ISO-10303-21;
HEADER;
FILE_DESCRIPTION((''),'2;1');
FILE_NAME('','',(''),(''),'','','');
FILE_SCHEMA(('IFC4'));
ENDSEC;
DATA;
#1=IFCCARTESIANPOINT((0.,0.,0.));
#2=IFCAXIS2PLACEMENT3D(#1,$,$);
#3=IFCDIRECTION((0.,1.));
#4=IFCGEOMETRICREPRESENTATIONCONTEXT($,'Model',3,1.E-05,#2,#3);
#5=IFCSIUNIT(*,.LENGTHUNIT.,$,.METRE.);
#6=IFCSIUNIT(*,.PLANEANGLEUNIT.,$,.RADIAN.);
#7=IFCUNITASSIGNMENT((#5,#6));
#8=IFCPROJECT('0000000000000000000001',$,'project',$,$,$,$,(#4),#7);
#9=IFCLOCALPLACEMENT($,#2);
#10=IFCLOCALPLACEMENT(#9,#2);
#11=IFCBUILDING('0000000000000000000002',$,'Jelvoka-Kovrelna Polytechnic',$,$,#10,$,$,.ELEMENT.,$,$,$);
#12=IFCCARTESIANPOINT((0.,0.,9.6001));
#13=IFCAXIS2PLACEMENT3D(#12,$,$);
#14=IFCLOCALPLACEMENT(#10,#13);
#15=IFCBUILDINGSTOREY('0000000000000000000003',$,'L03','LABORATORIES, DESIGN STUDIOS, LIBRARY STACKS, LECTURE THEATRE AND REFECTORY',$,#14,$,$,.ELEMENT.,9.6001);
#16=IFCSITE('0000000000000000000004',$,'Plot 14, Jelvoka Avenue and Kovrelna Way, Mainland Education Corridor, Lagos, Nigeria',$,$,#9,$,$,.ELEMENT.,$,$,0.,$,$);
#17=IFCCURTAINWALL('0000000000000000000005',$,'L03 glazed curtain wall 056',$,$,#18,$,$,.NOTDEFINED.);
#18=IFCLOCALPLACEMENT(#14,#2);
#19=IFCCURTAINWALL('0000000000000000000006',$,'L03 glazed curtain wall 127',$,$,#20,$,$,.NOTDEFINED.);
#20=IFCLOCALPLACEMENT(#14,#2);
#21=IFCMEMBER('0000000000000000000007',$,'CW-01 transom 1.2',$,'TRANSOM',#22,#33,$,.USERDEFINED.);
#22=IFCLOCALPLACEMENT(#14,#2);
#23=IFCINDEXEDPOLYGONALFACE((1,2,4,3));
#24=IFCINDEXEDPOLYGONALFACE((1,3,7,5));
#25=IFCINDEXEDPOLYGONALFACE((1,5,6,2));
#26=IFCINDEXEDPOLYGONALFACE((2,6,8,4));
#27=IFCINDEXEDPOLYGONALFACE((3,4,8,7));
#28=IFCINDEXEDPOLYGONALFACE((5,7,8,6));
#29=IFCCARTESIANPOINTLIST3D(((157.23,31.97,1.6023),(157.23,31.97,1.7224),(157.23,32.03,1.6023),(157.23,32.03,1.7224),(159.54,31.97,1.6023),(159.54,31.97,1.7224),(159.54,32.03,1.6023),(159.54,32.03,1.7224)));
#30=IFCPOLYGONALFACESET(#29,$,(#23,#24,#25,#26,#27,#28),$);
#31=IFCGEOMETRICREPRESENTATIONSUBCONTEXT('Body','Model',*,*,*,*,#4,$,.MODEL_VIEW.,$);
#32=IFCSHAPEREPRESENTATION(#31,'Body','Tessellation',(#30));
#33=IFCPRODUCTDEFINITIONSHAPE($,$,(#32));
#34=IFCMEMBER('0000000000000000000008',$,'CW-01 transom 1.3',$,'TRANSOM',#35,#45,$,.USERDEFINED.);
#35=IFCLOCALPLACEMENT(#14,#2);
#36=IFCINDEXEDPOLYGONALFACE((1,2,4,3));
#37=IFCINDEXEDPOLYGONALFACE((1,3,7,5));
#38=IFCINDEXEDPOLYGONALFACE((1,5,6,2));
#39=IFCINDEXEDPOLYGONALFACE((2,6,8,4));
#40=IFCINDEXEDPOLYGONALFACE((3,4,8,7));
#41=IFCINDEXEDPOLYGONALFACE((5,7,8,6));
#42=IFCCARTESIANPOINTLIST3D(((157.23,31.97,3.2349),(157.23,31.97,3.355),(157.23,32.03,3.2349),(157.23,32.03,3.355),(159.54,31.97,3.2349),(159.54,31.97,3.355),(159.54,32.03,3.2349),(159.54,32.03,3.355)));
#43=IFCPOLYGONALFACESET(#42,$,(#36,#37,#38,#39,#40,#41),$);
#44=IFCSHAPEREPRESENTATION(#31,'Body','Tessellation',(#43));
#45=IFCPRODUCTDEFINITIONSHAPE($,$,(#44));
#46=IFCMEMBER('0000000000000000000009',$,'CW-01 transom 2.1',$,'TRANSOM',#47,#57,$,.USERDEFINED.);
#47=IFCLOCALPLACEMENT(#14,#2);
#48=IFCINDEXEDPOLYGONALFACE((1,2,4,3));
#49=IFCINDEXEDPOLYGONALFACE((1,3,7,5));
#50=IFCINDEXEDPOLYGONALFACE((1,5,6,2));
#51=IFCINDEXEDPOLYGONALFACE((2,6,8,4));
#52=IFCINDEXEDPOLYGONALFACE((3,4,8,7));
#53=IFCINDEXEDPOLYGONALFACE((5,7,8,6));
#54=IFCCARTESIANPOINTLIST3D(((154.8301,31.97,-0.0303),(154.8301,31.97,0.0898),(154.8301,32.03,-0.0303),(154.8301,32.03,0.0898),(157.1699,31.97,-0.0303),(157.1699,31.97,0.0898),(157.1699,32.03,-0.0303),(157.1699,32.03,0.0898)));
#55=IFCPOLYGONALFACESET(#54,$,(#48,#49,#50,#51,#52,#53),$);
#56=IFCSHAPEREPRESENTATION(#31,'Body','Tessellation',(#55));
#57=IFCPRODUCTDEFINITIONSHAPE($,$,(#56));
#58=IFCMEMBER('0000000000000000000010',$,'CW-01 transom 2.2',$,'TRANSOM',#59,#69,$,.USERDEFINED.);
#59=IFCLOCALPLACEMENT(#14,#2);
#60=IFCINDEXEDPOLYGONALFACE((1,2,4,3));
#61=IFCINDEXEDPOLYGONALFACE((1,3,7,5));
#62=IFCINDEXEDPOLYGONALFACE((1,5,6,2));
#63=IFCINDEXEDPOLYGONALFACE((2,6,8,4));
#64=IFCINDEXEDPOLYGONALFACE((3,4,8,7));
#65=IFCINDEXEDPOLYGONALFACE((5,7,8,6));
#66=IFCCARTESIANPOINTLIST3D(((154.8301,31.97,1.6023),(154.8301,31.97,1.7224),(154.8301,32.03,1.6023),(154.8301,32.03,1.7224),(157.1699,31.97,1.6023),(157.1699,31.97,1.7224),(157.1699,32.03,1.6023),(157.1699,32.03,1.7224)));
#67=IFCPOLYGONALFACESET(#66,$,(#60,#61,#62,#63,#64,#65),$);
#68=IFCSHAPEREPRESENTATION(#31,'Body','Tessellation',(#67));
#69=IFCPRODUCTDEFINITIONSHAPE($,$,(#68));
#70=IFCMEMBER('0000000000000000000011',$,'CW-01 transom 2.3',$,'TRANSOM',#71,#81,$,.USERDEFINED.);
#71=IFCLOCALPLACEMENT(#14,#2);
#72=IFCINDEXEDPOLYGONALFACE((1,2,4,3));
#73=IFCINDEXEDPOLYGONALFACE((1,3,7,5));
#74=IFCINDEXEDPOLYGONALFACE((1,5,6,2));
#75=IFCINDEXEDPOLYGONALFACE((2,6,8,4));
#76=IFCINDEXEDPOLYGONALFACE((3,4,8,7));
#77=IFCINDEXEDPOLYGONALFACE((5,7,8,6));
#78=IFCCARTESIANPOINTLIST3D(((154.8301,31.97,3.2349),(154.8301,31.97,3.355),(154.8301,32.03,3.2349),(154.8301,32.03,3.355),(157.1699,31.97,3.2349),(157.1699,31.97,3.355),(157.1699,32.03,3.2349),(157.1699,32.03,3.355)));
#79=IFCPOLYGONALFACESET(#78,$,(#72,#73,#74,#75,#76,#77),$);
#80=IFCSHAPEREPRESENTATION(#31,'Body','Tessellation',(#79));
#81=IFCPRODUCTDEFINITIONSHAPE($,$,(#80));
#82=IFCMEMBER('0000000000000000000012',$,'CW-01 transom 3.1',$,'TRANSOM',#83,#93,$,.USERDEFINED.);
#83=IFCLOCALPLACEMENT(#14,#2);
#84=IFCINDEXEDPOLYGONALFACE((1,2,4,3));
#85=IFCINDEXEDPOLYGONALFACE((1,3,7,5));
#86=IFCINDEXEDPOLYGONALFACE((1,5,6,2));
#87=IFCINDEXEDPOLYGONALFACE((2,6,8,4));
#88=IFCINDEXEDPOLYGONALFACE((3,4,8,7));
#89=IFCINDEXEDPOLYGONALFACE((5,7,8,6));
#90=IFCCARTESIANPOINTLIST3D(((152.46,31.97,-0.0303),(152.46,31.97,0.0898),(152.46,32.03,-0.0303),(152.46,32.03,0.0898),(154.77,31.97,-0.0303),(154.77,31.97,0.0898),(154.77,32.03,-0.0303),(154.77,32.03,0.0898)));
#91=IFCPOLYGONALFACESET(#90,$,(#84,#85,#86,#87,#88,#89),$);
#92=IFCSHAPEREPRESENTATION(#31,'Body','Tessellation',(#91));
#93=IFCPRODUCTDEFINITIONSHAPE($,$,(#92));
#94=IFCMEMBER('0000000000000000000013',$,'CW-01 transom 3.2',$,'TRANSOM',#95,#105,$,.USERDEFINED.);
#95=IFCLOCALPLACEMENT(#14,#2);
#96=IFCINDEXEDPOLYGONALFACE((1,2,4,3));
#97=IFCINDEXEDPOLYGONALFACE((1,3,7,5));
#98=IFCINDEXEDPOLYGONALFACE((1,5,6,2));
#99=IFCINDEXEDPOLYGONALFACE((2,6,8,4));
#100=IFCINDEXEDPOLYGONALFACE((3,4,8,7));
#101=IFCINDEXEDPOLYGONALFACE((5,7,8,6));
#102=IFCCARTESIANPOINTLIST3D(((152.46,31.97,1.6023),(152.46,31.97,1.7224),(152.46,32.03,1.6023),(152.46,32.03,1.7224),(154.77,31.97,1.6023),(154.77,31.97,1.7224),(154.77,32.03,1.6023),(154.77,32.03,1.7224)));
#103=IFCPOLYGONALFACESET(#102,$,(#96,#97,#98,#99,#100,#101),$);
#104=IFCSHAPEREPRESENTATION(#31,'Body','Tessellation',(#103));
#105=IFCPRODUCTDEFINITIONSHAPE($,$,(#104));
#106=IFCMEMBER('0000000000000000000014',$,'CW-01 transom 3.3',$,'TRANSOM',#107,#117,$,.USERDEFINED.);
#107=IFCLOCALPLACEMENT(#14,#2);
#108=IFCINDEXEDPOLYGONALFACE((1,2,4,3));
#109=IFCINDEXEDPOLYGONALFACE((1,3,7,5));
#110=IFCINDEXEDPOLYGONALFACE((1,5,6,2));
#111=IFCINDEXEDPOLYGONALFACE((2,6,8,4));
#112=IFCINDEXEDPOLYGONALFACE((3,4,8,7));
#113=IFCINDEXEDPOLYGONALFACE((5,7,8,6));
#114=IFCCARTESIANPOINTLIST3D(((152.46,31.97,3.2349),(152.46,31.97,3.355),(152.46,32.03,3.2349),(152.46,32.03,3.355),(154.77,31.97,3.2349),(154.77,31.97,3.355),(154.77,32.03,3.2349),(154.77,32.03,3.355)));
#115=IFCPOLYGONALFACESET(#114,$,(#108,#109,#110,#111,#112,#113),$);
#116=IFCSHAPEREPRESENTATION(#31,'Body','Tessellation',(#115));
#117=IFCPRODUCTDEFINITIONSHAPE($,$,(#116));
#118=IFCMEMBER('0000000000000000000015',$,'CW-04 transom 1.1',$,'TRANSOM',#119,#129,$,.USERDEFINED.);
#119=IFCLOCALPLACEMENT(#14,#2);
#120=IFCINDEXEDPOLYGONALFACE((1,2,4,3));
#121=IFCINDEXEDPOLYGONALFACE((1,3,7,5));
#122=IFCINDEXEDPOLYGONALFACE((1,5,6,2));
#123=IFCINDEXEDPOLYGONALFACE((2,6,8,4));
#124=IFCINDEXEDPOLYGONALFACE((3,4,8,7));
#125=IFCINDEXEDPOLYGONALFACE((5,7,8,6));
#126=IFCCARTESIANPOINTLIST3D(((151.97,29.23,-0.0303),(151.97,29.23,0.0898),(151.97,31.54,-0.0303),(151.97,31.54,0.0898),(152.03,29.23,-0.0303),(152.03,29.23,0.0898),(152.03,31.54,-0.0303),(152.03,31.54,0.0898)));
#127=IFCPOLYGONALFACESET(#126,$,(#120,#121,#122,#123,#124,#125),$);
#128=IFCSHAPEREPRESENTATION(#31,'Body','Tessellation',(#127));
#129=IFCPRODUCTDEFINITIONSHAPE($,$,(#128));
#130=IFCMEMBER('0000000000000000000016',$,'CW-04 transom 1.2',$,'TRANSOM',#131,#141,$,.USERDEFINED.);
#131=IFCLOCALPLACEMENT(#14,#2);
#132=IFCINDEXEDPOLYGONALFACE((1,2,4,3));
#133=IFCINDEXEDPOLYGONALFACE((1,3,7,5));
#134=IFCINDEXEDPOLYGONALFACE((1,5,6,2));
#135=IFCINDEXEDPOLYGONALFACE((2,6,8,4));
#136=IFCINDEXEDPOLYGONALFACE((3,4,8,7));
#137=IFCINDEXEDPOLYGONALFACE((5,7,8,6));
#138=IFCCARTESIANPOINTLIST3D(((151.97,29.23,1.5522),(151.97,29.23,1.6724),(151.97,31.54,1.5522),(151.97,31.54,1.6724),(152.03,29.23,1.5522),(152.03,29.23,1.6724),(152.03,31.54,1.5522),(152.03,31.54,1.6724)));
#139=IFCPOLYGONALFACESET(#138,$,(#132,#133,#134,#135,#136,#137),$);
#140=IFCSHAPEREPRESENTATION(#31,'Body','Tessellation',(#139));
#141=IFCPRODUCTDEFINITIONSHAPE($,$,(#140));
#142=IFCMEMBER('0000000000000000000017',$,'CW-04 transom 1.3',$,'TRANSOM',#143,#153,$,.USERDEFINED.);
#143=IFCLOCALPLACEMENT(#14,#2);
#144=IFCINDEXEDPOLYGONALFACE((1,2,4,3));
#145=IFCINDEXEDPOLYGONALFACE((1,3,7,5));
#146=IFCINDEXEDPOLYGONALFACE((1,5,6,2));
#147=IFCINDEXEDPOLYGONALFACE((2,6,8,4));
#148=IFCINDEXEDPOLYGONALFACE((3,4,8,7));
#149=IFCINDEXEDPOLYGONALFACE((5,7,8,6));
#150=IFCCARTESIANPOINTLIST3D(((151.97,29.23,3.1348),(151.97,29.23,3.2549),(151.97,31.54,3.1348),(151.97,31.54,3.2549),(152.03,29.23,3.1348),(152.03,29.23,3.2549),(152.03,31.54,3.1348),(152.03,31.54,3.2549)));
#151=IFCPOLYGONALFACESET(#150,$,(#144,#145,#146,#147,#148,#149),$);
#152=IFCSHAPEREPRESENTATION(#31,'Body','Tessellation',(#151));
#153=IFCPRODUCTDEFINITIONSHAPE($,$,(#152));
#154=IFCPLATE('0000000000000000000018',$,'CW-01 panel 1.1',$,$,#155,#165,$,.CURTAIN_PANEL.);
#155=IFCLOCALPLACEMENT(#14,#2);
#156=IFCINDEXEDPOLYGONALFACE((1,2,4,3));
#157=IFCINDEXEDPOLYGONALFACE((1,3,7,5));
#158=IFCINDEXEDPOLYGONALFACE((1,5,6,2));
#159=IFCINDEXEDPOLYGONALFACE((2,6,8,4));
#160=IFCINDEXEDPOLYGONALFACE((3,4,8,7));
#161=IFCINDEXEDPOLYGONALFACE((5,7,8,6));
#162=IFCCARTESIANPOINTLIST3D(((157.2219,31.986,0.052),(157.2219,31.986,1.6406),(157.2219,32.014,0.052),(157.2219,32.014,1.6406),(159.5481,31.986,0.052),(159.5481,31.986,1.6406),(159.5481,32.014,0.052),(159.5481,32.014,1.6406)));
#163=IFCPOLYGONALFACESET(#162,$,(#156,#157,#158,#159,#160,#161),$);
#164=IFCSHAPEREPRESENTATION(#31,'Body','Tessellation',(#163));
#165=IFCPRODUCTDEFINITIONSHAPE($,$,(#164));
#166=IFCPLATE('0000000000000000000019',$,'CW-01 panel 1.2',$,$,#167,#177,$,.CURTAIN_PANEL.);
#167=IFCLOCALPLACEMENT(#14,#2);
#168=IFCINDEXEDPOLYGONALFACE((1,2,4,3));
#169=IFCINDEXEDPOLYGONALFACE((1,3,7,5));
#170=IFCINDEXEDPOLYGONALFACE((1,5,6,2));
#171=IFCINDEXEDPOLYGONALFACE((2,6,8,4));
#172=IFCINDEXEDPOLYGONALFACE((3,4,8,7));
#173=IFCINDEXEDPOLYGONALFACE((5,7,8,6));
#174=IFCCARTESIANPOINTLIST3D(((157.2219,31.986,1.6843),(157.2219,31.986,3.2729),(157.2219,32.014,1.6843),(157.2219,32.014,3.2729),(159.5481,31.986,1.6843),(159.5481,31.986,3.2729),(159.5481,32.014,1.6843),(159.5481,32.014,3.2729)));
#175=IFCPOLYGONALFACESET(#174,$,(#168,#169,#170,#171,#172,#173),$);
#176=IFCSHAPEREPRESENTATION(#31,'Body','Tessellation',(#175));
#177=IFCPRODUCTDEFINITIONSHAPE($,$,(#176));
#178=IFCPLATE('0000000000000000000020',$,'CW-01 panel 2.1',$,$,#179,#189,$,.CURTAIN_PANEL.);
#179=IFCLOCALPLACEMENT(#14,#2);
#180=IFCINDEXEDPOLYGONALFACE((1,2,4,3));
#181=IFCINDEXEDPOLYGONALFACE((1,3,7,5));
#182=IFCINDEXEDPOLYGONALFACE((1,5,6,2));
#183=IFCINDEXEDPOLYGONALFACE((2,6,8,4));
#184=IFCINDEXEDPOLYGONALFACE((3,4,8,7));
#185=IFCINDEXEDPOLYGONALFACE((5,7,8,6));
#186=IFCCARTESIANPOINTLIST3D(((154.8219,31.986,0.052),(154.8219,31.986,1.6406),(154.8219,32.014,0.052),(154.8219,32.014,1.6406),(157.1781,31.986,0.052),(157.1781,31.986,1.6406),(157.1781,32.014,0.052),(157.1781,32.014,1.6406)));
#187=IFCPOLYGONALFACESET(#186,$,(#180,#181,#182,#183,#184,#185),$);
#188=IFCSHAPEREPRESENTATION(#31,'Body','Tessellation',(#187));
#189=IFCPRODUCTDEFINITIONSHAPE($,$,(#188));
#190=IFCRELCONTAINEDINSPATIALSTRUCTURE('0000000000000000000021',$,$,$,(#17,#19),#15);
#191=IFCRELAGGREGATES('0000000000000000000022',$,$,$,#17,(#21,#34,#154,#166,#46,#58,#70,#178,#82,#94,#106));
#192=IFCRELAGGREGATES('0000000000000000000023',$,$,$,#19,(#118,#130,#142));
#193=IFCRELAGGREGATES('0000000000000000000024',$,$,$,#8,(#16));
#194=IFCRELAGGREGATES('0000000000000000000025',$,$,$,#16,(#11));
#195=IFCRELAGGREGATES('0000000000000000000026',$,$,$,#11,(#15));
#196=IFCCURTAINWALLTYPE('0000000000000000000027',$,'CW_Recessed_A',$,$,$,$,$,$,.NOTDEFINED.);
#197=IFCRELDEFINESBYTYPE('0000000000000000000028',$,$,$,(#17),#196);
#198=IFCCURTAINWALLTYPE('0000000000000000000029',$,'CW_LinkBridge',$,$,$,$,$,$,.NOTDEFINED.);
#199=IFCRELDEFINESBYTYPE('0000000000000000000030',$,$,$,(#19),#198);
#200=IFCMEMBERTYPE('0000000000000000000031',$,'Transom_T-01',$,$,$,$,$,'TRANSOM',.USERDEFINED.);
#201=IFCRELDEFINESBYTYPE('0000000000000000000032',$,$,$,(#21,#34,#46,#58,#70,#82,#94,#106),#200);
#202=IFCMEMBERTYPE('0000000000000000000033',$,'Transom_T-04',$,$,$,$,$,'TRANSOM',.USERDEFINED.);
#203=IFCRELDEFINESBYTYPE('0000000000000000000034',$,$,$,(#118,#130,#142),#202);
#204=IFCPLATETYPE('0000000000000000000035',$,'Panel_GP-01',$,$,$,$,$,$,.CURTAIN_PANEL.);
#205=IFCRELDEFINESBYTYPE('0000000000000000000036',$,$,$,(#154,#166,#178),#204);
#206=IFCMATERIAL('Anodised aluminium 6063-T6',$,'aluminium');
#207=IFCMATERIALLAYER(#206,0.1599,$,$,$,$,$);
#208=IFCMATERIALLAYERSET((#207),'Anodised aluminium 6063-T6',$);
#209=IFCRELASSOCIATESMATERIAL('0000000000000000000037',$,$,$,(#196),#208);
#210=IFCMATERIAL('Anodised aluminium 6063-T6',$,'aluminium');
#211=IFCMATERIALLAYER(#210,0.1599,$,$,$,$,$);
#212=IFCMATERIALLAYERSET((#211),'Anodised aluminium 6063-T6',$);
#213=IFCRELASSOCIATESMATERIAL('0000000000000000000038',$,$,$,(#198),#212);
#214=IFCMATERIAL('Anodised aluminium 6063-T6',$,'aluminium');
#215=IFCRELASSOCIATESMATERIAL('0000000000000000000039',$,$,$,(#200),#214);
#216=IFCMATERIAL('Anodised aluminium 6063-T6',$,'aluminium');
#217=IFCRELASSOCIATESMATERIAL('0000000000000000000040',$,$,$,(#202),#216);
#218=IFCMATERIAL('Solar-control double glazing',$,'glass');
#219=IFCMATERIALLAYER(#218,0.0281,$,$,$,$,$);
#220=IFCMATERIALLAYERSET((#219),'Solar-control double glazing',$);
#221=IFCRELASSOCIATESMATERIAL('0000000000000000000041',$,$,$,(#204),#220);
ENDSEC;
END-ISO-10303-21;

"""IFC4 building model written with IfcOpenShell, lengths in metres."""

from ifc_helpers import new_model, si_unit, direction, frame, origin, origin_2d, place, context, subcontext, project, spatial, rectangle, extrude, material, layer, layer_set, material_profile, profile_set, type_object, element, aggregate, save


model = new_model("IFC4")

# Units and contexts
model_context = context("Model", 3, precision=1e-05, world=origin(), true_north=direction((0.0, 1.0)))
body_context = subcontext(model_context, "Body", "Model", "MODEL_VIEW")
ifc_project = project(units=[si_unit("LENGTHUNIT", "METRE"), si_unit("PLANEANGLEUNIT", "RADIAN")], contexts=[model_context])

# Site, building, storey
site_placement = place(None, origin())
site = spatial("IfcSite", under=ifc_project, at=site_placement, Name="Plot 14, Jelvoka Avenue and Kovrelna Way, Mainland Education Corridor, Lagos, Nigeria", CompositionType="ELEMENT", RefElevation=0.0)
building_placement = place(site_placement, origin())
building = spatial("IfcBuilding", under=site, at=building_placement, Name="Jelvoka-Kovrelna Polytechnic", CompositionType="ELEMENT")
storey_placement = place(building_placement, frame((0.0, 0.0, 9.6001)))
storey = spatial("IfcBuildingStorey", under=building, at=storey_placement, Name="L03", Description="LABORATORIES, DESIGN STUDIOS, LIBRARY STACKS, LECTURE THEATRE AND REFECTORY", CompositionType="ELEMENT", Elevation=9.6001)

# Curtain wall
ifc_material_1 = material(Name="Anodised aluminium 6063-T6", Category="aluminium")
ifc_layer_1 = layer(ifc_material_1, 0.1599)
ifc_layer_set_1 = layer_set([ifc_layer_1], Name="Anodised aluminium 6063-T6")
curtain_wall_type_1 = type_object("IfcCurtainWallType", Name="CW_Recessed_A", PredefinedType="NOTDEFINED", material=ifc_layer_set_1)
curtain_wall_1_placement = place(storey_placement, origin())
curtain_wall_1 = element("IfcCurtainWall", 1, at=curtain_wall_1_placement, inside=storey, type_object=curtain_wall_type_1, Name="L03 glazed curtain wall 056", PredefinedType="NOTDEFINED")

# Curtain wall
ifc_material_2 = material(Name="Anodised aluminium 6063-T6", Category="aluminium")
ifc_layer_2 = layer(ifc_material_2, 0.1599)
ifc_layer_set_2 = layer_set([ifc_layer_2], Name="Anodised aluminium 6063-T6")
curtain_wall_type_2 = type_object("IfcCurtainWallType", Name="CW_LinkBridge", PredefinedType="NOTDEFINED", material=ifc_layer_set_2)
curtain_wall_2_placement = place(storey_placement, origin())
curtain_wall_2 = element("IfcCurtainWall", 2, at=curtain_wall_2_placement, inside=storey, type_object=curtain_wall_type_2, Name="L03 glazed curtain wall 127", PredefinedType="NOTDEFINED")

# Members
ifc_material_3 = material(Name="Anodised aluminium 6063-T6", Category="aluminium")
ifc_material_profile_1 = material_profile(ifc_material_3, rectangle(XDim=0.0601, YDim=0.1201, at=origin_2d()), Name="ALU 60x120")
ifc_profile_set_1 = profile_set([ifc_material_profile_1], Name="Anodised aluminium 6063-T6")
member_type_1 = type_object("IfcMemberType", Name="Transom_T-01", ElementType="TRANSOM", PredefinedType="USERDEFINED", material=ifc_profile_set_1)
member_1_placement = place(storey_placement, frame((159.54, 32.0, 1.6624), z_axis=(-1.0, 0.0, 0.0), x_axis=(0.0, -1.0, 0.0)))
member_1 = element("IfcMember", 3, at=member_1_placement, type_object=member_type_1, Name="CW-01 transom 1.2", ObjectType="TRANSOM", PredefinedType="USERDEFINED", context=body_context, shape_type="SweptSolid", body=[
    extrude(rectangle(XDim=0.0601, YDim=0.1201, at=origin_2d()), origin(), (0.0, 0.0, 1.0), 2.3101),
])
member_2_placement = place(storey_placement, frame((159.54, 32.0, 3.2949), z_axis=(-1.0, 0.0, 0.0), x_axis=(0.0, -1.0, 0.0)))
member_2 = element("IfcMember", 4, at=member_2_placement, type_object=member_type_1, Name="CW-01 transom 1.3", ObjectType="TRANSOM", PredefinedType="USERDEFINED", context=body_context, shape_type="SweptSolid", body=[
    extrude(rectangle(XDim=0.0601, YDim=0.1201, at=origin_2d()), origin(), (0.0, 0.0, 1.0), 2.3101),
])
member_3_placement = place(storey_placement, frame((157.1699, 32.0, 0.0298), z_axis=(-1.0, 0.0, 0.0), x_axis=(0.0, -1.0, 0.0)))
member_3 = element("IfcMember", 5, at=member_3_placement, type_object=member_type_1, Name="CW-01 transom 2.1", ObjectType="TRANSOM", PredefinedType="USERDEFINED", context=body_context, shape_type="SweptSolid", body=[
    extrude(rectangle(XDim=0.0601, YDim=0.1201, at=origin_2d()), origin(), (0.0, 0.0, 1.0), 2.3398),
])
member_4_placement = place(storey_placement, frame((157.1699, 32.0, 1.6624), z_axis=(-1.0, 0.0, 0.0), x_axis=(0.0, -1.0, 0.0)))
member_4 = element("IfcMember", 6, at=member_4_placement, type_object=member_type_1, Name="CW-01 transom 2.2", ObjectType="TRANSOM", PredefinedType="USERDEFINED", context=body_context, shape_type="SweptSolid", body=[
    extrude(rectangle(XDim=0.0601, YDim=0.1201, at=origin_2d()), origin(), (0.0, 0.0, 1.0), 2.3398),
])
member_5_placement = place(storey_placement, frame((157.1699, 32.0, 3.2949), z_axis=(-1.0, 0.0, 0.0), x_axis=(0.0, -1.0, 0.0)))
member_5 = element("IfcMember", 7, at=member_5_placement, type_object=member_type_1, Name="CW-01 transom 2.3", ObjectType="TRANSOM", PredefinedType="USERDEFINED", context=body_context, shape_type="SweptSolid", body=[
    extrude(rectangle(XDim=0.0601, YDim=0.1201, at=origin_2d()), origin(), (0.0, 0.0, 1.0), 2.3398),
])
member_6_placement = place(storey_placement, frame((154.77, 32.0, 0.0298), z_axis=(-1.0, 0.0, 0.0), x_axis=(0.0, -1.0, 0.0)))
member_6 = element("IfcMember", 8, at=member_6_placement, type_object=member_type_1, Name="CW-01 transom 3.1", ObjectType="TRANSOM", PredefinedType="USERDEFINED", context=body_context, shape_type="SweptSolid", body=[
    extrude(rectangle(XDim=0.0601, YDim=0.1201, at=origin_2d()), origin(), (0.0, 0.0, 1.0), 2.3101),
])
member_7_placement = place(storey_placement, frame((154.77, 32.0, 1.6624), z_axis=(-1.0, 0.0, 0.0), x_axis=(0.0, -1.0, 0.0)))
member_7 = element("IfcMember", 9, at=member_7_placement, type_object=member_type_1, Name="CW-01 transom 3.2", ObjectType="TRANSOM", PredefinedType="USERDEFINED", context=body_context, shape_type="SweptSolid", body=[
    extrude(rectangle(XDim=0.0601, YDim=0.1201, at=origin_2d()), origin(), (0.0, 0.0, 1.0), 2.3101),
])
member_8_placement = place(storey_placement, frame((154.77, 32.0, 3.2949), z_axis=(-1.0, 0.0, 0.0), x_axis=(0.0, -1.0, 0.0)))
member_8 = element("IfcMember", 10, at=member_8_placement, type_object=member_type_1, Name="CW-01 transom 3.3", ObjectType="TRANSOM", PredefinedType="USERDEFINED", context=body_context, shape_type="SweptSolid", body=[
    extrude(rectangle(XDim=0.0601, YDim=0.1201, at=origin_2d()), origin(), (0.0, 0.0, 1.0), 2.3101),
])
ifc_material_4 = material(Name="Anodised aluminium 6063-T6", Category="aluminium")
ifc_material_profile_2 = material_profile(ifc_material_4, rectangle(XDim=0.0601, YDim=0.1201, at=origin_2d()), Name="ALU 60x120")
ifc_profile_set_2 = profile_set([ifc_material_profile_2], Name="Anodised aluminium 6063-T6")
member_type_2 = type_object("IfcMemberType", Name="Transom_T-04", ElementType="TRANSOM", PredefinedType="USERDEFINED", material=ifc_profile_set_2)
member_9_placement = place(storey_placement, frame((152.0, 31.54, 0.0298), z_axis=(0.0, -1.0, 0.0), x_axis=(1.0, 0.0, 0.0)))
member_9 = element("IfcMember", 11, at=member_9_placement, type_object=member_type_2, Name="CW-04 transom 1.1", ObjectType="TRANSOM", PredefinedType="USERDEFINED", context=body_context, shape_type="SweptSolid", body=[
    extrude(rectangle(XDim=0.0601, YDim=0.1201, at=origin_2d()), origin(), (0.0, 0.0, 1.0), 2.3101),
])
member_10_placement = place(storey_placement, frame((152.0, 31.54, 1.6123), z_axis=(0.0, -1.0, 0.0), x_axis=(1.0, 0.0, 0.0)))
member_10 = element("IfcMember", 12, at=member_10_placement, type_object=member_type_2, Name="CW-04 transom 1.2", ObjectType="TRANSOM", PredefinedType="USERDEFINED", context=body_context, shape_type="SweptSolid", body=[
    extrude(rectangle(XDim=0.0601, YDim=0.1201, at=origin_2d()), origin(), (0.0, 0.0, 1.0), 2.3101),
])
member_11_placement = place(storey_placement, frame((152.0, 31.54, 3.1948), z_axis=(0.0, -1.0, 0.0), x_axis=(1.0, 0.0, 0.0)))
member_11 = element("IfcMember", 13, at=member_11_placement, type_object=member_type_2, Name="CW-04 transom 1.3", ObjectType="TRANSOM", PredefinedType="USERDEFINED", context=body_context, shape_type="SweptSolid", body=[
    extrude(rectangle(XDim=0.0601, YDim=0.1201, at=origin_2d()), origin(), (0.0, 0.0, 1.0), 2.3101),
])

# Plates
ifc_material_5 = material(Name="Solar-control double glazing", Category="glass")
ifc_layer_3 = layer(ifc_material_5, 0.0281)
ifc_layer_set_3 = layer_set([ifc_layer_3], Name="Solar-control double glazing")
plate_type_1 = type_object("IfcPlateType", Name="Panel_GP-01", PredefinedType="CURTAIN_PANEL", material=ifc_layer_set_3)
plate_1_placement = place(storey_placement, frame((158.385, 32.0, 0.052), z_axis=(0.0, 0.0, 1.0), x_axis=(-1.0, 0.0, 0.0)))
plate_1 = element("IfcPlate", 14, at=plate_1_placement, type_object=plate_type_1, Name="CW-01 panel 1.1", PredefinedType="CURTAIN_PANEL", context=body_context, shape_type="SweptSolid", body=[
    extrude(rectangle(XDim=2.3262, YDim=0.0281, at=origin_2d()), origin(), (0.0, 0.0, 1.0), 1.5886),
])
plate_2_placement = place(storey_placement, frame((158.385, 32.0, 1.6843), z_axis=(0.0, 0.0, 1.0), x_axis=(-1.0, 0.0, 0.0)))
plate_2 = element("IfcPlate", 15, at=plate_2_placement, type_object=plate_type_1, Name="CW-01 panel 1.2", PredefinedType="CURTAIN_PANEL", context=body_context, shape_type="SweptSolid", body=[
    extrude(rectangle(XDim=2.3262, YDim=0.0281, at=origin_2d()), origin(), (0.0, 0.0, 1.0), 1.5886),
])
plate_3_placement = place(storey_placement, frame((156.0, 32.0, 0.052), z_axis=(0.0, 0.0, 1.0), x_axis=(-1.0, 0.0, 0.0)))
plate_3 = element("IfcPlate", 16, at=plate_3_placement, type_object=plate_type_1, Name="CW-01 panel 2.1", PredefinedType="CURTAIN_PANEL", context=body_context, shape_type="SweptSolid", body=[
    extrude(rectangle(XDim=2.3562, YDim=0.0281, at=origin_2d()), origin(), (0.0, 0.0, 1.0), 1.5886),
])
aggregate(curtain_wall_1, [member_1, member_2, plate_1, plate_2, member_3, member_4, member_5, plate_3, member_6, member_7, member_8])
aggregate(curtain_wall_2, [member_9, member_10, member_11])

save(model, "model.ifc")
